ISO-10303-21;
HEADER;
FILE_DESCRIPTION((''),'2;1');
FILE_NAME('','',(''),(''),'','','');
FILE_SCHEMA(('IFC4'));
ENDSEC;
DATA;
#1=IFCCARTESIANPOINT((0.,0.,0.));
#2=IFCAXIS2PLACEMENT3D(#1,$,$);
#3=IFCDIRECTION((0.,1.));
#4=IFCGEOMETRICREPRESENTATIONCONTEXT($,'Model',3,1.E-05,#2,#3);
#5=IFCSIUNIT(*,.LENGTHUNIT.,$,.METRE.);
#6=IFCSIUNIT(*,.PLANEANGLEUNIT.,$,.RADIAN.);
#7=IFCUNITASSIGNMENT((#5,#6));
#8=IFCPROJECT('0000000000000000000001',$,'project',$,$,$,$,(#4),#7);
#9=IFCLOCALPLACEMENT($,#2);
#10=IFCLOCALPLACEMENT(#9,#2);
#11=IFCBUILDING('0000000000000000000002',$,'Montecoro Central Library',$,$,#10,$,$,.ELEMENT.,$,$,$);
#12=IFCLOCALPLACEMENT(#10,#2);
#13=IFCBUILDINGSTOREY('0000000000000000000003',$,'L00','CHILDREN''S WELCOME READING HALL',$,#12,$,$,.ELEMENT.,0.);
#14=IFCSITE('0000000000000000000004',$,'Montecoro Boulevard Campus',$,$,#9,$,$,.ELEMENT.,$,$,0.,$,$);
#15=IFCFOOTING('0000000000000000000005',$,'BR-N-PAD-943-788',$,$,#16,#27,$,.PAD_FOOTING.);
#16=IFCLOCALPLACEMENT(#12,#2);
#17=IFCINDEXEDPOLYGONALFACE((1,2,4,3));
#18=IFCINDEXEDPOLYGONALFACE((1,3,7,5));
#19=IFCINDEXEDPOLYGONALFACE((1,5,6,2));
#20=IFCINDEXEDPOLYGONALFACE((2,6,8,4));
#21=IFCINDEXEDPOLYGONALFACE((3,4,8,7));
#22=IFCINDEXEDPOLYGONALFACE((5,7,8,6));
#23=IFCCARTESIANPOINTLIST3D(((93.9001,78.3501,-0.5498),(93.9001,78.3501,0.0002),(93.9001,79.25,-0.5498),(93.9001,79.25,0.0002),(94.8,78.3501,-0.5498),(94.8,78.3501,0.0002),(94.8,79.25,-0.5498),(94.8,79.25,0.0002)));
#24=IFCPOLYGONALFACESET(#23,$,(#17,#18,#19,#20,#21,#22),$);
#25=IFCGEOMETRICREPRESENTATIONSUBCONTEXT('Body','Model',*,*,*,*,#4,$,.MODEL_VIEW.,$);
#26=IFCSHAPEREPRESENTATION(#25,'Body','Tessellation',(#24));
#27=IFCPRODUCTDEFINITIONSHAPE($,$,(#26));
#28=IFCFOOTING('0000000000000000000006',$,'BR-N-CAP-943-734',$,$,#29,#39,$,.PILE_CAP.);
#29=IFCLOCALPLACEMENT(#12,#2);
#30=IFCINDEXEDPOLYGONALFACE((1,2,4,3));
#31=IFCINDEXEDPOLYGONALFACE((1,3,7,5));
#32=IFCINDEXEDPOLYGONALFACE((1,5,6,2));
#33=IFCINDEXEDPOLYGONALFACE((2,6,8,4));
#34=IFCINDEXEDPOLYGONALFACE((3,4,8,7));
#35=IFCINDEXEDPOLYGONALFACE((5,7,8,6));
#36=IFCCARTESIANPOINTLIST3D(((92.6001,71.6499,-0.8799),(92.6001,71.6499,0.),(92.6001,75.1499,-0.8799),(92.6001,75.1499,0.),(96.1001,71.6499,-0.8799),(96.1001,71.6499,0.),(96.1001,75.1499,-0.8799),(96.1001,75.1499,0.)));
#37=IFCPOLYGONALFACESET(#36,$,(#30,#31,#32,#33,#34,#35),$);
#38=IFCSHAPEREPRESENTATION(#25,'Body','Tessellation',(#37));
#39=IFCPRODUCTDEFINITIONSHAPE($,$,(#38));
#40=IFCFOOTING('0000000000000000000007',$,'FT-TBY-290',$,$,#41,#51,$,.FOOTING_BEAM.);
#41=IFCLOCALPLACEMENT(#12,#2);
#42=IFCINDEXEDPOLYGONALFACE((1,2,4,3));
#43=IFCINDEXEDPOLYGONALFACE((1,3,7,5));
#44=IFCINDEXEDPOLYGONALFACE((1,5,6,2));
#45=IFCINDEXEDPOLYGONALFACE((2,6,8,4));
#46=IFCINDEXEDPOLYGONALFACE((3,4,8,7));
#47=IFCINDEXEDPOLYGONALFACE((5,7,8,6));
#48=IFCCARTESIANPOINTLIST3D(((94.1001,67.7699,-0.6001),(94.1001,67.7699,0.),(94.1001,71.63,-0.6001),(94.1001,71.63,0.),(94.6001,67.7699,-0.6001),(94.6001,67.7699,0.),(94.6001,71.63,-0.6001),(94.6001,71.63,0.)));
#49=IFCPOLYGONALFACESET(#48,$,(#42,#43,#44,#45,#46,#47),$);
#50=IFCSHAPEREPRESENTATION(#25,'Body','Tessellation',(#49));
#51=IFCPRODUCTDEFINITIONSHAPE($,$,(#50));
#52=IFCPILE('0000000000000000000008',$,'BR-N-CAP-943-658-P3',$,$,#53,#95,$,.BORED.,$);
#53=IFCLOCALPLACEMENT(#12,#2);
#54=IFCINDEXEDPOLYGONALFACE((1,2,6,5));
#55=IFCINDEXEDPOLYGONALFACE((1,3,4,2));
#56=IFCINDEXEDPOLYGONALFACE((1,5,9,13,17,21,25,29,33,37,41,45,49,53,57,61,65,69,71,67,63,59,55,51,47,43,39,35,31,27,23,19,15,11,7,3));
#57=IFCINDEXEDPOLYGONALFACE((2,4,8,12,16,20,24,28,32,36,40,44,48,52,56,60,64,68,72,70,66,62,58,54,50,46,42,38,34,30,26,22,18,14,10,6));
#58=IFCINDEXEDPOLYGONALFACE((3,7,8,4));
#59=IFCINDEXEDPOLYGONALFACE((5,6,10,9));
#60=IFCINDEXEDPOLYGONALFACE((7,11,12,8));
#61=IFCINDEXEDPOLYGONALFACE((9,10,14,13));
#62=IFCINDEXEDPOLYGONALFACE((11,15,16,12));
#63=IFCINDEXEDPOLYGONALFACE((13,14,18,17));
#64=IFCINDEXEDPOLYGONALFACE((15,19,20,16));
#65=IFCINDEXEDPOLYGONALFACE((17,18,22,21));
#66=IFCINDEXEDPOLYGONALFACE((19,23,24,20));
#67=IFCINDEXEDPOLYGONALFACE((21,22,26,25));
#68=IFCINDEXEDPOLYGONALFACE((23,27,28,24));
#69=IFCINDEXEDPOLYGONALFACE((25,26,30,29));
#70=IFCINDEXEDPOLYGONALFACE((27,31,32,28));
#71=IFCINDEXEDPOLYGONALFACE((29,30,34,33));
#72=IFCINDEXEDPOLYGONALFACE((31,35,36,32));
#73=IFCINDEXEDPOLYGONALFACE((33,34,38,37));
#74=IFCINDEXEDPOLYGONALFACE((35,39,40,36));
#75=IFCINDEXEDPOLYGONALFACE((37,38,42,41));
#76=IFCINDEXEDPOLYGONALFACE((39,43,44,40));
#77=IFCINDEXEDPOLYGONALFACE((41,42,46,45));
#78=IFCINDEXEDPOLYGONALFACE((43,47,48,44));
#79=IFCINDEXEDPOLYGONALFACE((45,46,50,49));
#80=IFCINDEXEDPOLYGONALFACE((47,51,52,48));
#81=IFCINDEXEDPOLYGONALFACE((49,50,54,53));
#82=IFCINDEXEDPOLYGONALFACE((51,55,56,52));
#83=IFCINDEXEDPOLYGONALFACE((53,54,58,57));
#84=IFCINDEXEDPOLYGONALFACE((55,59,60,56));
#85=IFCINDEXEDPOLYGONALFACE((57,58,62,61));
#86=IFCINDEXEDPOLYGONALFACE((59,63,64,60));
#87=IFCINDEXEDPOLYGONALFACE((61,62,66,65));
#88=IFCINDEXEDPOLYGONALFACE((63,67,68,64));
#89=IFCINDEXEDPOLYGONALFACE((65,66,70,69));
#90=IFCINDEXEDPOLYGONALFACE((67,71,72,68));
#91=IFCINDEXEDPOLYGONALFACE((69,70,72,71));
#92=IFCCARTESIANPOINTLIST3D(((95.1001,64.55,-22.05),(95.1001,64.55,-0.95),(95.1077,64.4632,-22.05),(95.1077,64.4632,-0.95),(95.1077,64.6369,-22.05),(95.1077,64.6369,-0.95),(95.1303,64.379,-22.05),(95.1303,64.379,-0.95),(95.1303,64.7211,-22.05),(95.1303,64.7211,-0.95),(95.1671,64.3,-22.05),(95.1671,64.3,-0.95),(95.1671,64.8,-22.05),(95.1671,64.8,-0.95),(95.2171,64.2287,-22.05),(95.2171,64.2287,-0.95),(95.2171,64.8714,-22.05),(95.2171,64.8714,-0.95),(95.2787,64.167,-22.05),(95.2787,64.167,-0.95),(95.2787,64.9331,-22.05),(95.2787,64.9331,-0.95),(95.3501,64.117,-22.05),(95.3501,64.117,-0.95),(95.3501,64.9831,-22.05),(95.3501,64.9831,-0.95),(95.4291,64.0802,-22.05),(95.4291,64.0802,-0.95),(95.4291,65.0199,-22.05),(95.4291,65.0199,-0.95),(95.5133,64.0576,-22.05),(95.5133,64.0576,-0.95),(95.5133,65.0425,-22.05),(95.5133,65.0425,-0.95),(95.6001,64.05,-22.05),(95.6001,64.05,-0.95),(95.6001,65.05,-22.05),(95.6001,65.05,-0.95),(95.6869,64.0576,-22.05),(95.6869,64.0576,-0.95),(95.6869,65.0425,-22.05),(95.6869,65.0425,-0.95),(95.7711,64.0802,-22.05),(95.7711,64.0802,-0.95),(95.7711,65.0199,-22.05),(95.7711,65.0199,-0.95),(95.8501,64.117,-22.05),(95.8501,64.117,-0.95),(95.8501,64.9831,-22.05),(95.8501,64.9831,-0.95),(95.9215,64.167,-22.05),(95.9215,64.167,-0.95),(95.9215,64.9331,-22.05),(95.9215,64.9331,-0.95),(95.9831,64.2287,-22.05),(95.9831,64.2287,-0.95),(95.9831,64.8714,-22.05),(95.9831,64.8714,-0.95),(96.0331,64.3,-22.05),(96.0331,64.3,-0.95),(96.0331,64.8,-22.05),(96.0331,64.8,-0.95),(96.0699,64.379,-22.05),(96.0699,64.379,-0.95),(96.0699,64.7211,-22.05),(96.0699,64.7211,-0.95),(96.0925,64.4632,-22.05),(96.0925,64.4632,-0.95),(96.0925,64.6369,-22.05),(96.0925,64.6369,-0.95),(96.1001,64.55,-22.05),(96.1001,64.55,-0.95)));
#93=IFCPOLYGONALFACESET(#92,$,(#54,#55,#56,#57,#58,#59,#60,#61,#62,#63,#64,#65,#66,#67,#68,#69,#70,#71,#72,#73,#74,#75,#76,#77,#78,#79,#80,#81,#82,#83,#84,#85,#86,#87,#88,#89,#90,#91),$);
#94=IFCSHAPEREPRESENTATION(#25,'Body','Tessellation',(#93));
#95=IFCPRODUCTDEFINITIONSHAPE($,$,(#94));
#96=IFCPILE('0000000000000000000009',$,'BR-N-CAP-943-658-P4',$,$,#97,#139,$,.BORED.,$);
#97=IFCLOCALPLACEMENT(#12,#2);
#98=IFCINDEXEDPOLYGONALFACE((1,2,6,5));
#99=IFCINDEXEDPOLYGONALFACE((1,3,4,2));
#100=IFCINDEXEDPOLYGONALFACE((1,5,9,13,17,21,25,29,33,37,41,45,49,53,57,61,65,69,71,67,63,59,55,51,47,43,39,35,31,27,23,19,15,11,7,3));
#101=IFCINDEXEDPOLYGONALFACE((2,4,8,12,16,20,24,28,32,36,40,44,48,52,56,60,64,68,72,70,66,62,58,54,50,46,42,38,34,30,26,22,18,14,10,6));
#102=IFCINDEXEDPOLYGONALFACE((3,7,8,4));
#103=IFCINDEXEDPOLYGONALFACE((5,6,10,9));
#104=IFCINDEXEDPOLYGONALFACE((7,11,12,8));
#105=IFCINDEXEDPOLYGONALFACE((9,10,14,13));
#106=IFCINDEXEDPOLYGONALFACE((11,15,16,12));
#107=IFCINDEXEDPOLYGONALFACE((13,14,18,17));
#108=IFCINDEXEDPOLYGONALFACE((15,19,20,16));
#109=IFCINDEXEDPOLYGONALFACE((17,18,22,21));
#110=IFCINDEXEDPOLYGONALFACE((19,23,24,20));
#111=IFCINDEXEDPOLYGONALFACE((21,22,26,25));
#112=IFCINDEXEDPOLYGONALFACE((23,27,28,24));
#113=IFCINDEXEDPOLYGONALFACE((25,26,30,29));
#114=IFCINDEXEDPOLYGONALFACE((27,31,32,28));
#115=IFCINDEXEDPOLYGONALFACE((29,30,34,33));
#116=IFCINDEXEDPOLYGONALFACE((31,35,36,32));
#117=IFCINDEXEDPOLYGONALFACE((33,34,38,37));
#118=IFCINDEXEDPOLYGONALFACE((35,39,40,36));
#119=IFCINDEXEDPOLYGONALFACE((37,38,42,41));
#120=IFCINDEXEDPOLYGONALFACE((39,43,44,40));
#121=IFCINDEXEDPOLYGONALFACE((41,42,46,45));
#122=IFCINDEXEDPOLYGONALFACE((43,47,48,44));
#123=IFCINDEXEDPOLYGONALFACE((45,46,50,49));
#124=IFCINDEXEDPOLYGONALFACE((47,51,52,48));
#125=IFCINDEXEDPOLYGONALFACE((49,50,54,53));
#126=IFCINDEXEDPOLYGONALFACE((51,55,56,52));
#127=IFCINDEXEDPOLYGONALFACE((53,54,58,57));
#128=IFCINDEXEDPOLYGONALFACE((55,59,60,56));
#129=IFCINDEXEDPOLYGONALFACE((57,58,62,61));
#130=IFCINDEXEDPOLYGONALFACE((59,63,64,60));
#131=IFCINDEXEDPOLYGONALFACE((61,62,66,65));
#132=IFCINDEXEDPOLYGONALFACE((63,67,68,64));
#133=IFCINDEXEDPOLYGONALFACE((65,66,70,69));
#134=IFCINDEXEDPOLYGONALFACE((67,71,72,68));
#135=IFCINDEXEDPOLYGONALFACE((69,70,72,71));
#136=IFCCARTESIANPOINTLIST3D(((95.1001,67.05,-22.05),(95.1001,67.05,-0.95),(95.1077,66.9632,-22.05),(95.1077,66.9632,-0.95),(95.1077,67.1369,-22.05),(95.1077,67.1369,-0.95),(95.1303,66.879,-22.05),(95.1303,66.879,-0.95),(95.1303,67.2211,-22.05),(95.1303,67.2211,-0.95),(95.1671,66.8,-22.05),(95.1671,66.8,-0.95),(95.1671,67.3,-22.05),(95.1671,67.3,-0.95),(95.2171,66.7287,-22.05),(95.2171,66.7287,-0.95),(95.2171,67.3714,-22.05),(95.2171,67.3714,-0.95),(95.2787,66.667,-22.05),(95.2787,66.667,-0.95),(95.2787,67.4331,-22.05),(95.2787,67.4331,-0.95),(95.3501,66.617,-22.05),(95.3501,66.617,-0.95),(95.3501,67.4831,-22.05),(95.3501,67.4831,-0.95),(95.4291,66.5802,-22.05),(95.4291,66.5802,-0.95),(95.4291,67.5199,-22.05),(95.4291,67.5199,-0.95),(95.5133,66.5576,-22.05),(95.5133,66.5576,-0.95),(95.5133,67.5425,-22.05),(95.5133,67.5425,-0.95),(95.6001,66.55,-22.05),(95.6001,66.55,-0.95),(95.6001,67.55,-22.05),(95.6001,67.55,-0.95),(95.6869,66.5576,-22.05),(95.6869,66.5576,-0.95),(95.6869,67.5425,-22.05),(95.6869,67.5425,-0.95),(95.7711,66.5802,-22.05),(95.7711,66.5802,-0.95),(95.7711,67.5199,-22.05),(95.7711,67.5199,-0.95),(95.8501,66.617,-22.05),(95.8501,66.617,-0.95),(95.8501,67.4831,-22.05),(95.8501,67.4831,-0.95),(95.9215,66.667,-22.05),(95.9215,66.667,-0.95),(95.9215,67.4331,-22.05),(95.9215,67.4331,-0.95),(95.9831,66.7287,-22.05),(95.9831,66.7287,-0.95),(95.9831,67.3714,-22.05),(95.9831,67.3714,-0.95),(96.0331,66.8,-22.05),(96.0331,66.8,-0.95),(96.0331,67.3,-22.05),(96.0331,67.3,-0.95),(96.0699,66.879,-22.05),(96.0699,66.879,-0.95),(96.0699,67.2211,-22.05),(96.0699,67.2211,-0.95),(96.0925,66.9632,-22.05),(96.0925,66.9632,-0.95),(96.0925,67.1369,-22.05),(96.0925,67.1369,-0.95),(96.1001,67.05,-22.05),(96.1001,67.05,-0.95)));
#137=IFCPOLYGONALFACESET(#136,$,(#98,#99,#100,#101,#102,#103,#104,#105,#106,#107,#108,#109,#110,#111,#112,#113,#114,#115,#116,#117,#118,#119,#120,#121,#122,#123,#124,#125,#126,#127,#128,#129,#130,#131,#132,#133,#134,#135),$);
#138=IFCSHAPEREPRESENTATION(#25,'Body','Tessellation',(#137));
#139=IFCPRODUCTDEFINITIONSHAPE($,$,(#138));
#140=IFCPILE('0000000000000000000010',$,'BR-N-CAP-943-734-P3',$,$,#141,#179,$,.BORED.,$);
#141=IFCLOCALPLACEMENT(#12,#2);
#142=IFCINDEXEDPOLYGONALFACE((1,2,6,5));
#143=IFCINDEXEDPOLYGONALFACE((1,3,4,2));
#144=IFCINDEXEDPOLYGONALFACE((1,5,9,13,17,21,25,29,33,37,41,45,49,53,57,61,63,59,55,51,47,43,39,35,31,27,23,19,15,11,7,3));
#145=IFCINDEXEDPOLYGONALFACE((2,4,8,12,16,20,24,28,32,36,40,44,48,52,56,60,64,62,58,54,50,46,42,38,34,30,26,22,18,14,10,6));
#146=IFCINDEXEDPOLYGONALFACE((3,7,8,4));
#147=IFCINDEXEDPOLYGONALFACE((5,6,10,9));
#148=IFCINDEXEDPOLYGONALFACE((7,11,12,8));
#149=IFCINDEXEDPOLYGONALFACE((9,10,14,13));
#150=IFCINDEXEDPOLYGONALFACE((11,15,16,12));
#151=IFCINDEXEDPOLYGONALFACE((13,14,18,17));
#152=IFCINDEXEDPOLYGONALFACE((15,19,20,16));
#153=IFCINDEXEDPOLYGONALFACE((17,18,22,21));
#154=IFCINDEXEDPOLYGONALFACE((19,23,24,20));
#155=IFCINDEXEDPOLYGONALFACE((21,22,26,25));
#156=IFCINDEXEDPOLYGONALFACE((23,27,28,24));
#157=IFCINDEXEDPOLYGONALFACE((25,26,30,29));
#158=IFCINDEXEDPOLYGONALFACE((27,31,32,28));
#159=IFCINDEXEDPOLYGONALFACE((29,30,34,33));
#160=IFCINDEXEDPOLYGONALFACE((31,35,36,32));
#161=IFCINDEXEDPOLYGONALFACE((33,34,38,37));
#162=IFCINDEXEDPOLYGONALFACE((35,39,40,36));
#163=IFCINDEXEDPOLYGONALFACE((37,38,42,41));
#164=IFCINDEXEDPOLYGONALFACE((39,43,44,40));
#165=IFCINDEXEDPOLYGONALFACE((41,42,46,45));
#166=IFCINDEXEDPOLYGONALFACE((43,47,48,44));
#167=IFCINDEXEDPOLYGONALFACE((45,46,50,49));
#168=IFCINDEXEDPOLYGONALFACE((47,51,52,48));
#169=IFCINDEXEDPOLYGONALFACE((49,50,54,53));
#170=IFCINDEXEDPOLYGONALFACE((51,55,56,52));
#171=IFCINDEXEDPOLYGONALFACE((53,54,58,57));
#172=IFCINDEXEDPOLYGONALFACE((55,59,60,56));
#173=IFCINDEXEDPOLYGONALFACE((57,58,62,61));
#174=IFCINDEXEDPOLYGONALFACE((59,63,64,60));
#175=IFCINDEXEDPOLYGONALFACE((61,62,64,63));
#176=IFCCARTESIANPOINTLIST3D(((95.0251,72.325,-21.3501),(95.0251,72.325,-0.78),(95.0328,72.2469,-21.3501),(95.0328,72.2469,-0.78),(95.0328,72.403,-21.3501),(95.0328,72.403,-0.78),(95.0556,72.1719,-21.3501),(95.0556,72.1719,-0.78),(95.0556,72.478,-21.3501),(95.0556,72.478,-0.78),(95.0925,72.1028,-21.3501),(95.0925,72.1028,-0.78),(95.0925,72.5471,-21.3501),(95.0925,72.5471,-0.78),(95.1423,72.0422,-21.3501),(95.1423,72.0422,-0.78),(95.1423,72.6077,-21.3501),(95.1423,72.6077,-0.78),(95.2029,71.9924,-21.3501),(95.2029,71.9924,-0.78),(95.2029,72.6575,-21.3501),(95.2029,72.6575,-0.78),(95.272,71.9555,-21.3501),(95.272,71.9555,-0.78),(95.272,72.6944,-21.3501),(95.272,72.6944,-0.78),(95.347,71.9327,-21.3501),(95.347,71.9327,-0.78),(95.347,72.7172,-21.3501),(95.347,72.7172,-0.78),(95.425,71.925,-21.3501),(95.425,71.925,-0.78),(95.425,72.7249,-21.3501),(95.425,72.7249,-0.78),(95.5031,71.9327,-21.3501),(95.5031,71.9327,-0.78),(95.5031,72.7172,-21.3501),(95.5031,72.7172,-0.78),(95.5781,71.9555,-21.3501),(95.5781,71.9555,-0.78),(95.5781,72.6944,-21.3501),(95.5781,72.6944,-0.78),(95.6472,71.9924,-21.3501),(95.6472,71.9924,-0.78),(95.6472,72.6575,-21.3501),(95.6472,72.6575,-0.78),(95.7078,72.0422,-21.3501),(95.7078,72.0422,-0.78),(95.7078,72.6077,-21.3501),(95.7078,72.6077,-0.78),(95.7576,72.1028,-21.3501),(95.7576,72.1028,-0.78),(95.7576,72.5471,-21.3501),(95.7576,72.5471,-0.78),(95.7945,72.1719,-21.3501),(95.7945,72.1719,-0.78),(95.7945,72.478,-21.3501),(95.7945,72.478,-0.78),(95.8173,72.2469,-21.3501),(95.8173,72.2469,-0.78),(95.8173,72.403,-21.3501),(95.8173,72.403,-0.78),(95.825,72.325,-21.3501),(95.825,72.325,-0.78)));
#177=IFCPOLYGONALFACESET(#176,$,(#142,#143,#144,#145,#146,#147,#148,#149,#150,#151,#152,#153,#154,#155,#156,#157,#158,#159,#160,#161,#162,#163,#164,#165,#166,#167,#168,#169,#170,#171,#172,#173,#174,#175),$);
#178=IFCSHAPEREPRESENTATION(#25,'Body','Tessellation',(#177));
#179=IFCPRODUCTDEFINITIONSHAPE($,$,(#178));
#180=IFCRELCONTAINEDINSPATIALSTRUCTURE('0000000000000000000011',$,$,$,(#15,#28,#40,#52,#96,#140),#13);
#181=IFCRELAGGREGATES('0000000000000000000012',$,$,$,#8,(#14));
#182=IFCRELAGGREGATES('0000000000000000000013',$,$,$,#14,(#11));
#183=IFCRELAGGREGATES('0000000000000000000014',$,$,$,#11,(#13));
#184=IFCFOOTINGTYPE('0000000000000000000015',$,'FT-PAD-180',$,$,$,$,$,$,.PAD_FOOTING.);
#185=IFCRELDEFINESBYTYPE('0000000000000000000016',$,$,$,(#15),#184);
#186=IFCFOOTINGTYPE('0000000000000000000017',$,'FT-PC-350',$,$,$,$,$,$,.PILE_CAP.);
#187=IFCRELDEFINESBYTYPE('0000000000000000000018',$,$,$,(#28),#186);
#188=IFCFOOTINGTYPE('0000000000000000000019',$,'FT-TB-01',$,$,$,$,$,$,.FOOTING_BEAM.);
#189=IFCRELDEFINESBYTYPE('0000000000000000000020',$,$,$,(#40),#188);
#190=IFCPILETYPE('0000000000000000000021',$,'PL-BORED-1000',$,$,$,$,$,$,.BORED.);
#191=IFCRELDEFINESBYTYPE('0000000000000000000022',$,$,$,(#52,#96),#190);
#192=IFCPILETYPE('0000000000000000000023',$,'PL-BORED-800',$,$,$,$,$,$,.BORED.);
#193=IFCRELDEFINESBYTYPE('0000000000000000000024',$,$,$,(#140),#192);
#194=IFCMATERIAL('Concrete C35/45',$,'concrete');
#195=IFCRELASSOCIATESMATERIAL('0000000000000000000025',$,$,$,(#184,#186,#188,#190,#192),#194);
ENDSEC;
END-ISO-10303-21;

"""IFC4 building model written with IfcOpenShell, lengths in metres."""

from ifc_helpers import new_model, si_unit, direction, frame, origin, origin_2d, place, context, subcontext, project, spatial, rectangle, circle, extrude, material, material_profile, profile_set, type_object, element, save


model = new_model("IFC4")

# Units and contexts
model_context = context("Model", 3, precision=1e-05, world=origin(), true_north=direction((0.0, 1.0)))
body_context = subcontext(model_context, "Body", "Model", "MODEL_VIEW")
ifc_project = project(units=[si_unit("LENGTHUNIT", "METRE"), si_unit("PLANEANGLEUNIT", "RADIAN")], contexts=[model_context])

# Site, building, storey
site_placement = place(None, origin())
site = spatial("IfcSite", under=ifc_project, at=site_placement, Name="Montecoro Boulevard Campus", CompositionType="ELEMENT", RefElevation=0.0)
building_placement = place(site_placement, origin())
building = spatial("IfcBuilding", under=site, at=building_placement, Name="Montecoro Central Library", CompositionType="ELEMENT")
storey_placement = place(building_placement, origin())
storey = spatial("IfcBuildingStorey", under=building, at=storey_placement, Name="L00", Description="CHILDREN'S WELCOME READING HALL", CompositionType="ELEMENT", Elevation=0.0)

# Footings
ifc_material_1 = material(Name="Concrete C35/45", Category="concrete")
footing_type_1 = type_object("IfcFootingType", Name="FT-PAD-180", PredefinedType="PAD_FOOTING", material=ifc_material_1)
footing_1_placement = place(storey_placement, frame((94.3501, 78.8, -0.5498), z_axis=(0.0, 0.0, 1.0), x_axis=(1.0, 0.0, 0.0)))
element("IfcFooting", 1, at=footing_1_placement, inside=storey, type_object=footing_type_1, Name="BR-N-PAD-943-788", PredefinedType="PAD_FOOTING", context=body_context, shape_type="SweptSolid", body=[
    extrude(rectangle(XDim=0.8999, YDim=0.8999, at=origin_2d()), origin(), (0.0, 0.0, 1.0), 0.55),
])
footing_type_2 = type_object("IfcFootingType", Name="FT-PC-350", PredefinedType="PILE_CAP", material=ifc_material_1)
footing_2_placement = place(storey_placement, frame((94.3501, 73.3999, -0.8799), z_axis=(0.0, 0.0, 1.0), x_axis=(1.0, 0.0, 0.0)))
element("IfcFooting", 2, at=footing_2_placement, inside=storey, type_object=footing_type_2, Name="BR-N-CAP-943-734", PredefinedType="PILE_CAP", context=body_context, shape_type="SweptSolid", body=[
    extrude(rectangle(XDim=3.5, YDim=3.5, at=origin_2d()), origin(), (0.0, 0.0, 1.0), 0.8799),
])
footing_type_3 = type_object("IfcFootingType", Name="FT-TB-01", PredefinedType="FOOTING_BEAM", material=ifc_material_1)
footing_3_placement = place(storey_placement, frame((94.3501, 69.7, -0.6001), z_axis=(0.0, 0.0, 1.0), x_axis=(1.0, 0.0, 0.0)))
element("IfcFooting", 3, at=footing_3_placement, inside=storey, type_object=footing_type_3, Name="FT-TBY-290", PredefinedType="FOOTING_BEAM", context=body_context, shape_type="SweptSolid", body=[
    extrude(rectangle(XDim=0.5, YDim=3.8601, at=origin_2d()), origin(), (0.0, 0.0, 1.0), 0.6001),
])

# Piles
ifc_material_profile_1 = material_profile(ifc_material_1, circle(Radius=0.5, at=origin_2d()), Name="PILE D1000")
ifc_profile_set_1 = profile_set([ifc_material_profile_1], Name="Concrete C35/45")
pile_type_1 = type_object("IfcPileType", Name="PL-BORED-1000", PredefinedType="BORED", material=ifc_profile_set_1)
for number, where, z_axis, x_axis, name in (
    (4, (95.6001, 64.55, -0.95), (0.0, 0.0, -1.0), (1.0, 0.0, 0.0), "BR-N-CAP-943-658-P3"),
    (5, (95.6001, 67.05, -0.95), (0.0, 0.0, -1.0), (1.0, 0.0, 0.0), "BR-N-CAP-943-658-P4"),
):
    element("IfcPile", number, at=place(storey_placement, frame(where, z_axis=z_axis, x_axis=x_axis)), inside=storey, type_object=pile_type_1, Name=name, PredefinedType="BORED", context=body_context, shape_type="SweptSolid", body=[
        extrude(circle(Radius=0.5, at=origin_2d()), origin(), (0.0, 0.0, 1.0), 21.1001),
    ])
ifc_material_profile_2 = material_profile(ifc_material_1, circle(Radius=0.3999, at=origin_2d()), Name="PILE D800")
ifc_profile_set_2 = profile_set([ifc_material_profile_2], Name="Concrete C35/45")
pile_type_2 = type_object("IfcPileType", Name="PL-BORED-800", PredefinedType="BORED", material=ifc_profile_set_2)
for number, where, z_axis, x_axis, name in (
    (6, (95.425, 72.325, -0.78), (0.0, 0.0, -1.0), (1.0, 0.0, 0.0), "BR-N-CAP-943-734-P3"),
):
    element("IfcPile", number, at=place(storey_placement, frame(where, z_axis=z_axis, x_axis=x_axis)), inside=storey, type_object=pile_type_2, Name=name, PredefinedType="BORED", context=body_context, shape_type="SweptSolid", body=[
        extrude(circle(Radius=0.3999, at=origin_2d()), origin(), (0.0, 0.0, 1.0), 20.5701),
    ])

save(model, "model.ifc")
